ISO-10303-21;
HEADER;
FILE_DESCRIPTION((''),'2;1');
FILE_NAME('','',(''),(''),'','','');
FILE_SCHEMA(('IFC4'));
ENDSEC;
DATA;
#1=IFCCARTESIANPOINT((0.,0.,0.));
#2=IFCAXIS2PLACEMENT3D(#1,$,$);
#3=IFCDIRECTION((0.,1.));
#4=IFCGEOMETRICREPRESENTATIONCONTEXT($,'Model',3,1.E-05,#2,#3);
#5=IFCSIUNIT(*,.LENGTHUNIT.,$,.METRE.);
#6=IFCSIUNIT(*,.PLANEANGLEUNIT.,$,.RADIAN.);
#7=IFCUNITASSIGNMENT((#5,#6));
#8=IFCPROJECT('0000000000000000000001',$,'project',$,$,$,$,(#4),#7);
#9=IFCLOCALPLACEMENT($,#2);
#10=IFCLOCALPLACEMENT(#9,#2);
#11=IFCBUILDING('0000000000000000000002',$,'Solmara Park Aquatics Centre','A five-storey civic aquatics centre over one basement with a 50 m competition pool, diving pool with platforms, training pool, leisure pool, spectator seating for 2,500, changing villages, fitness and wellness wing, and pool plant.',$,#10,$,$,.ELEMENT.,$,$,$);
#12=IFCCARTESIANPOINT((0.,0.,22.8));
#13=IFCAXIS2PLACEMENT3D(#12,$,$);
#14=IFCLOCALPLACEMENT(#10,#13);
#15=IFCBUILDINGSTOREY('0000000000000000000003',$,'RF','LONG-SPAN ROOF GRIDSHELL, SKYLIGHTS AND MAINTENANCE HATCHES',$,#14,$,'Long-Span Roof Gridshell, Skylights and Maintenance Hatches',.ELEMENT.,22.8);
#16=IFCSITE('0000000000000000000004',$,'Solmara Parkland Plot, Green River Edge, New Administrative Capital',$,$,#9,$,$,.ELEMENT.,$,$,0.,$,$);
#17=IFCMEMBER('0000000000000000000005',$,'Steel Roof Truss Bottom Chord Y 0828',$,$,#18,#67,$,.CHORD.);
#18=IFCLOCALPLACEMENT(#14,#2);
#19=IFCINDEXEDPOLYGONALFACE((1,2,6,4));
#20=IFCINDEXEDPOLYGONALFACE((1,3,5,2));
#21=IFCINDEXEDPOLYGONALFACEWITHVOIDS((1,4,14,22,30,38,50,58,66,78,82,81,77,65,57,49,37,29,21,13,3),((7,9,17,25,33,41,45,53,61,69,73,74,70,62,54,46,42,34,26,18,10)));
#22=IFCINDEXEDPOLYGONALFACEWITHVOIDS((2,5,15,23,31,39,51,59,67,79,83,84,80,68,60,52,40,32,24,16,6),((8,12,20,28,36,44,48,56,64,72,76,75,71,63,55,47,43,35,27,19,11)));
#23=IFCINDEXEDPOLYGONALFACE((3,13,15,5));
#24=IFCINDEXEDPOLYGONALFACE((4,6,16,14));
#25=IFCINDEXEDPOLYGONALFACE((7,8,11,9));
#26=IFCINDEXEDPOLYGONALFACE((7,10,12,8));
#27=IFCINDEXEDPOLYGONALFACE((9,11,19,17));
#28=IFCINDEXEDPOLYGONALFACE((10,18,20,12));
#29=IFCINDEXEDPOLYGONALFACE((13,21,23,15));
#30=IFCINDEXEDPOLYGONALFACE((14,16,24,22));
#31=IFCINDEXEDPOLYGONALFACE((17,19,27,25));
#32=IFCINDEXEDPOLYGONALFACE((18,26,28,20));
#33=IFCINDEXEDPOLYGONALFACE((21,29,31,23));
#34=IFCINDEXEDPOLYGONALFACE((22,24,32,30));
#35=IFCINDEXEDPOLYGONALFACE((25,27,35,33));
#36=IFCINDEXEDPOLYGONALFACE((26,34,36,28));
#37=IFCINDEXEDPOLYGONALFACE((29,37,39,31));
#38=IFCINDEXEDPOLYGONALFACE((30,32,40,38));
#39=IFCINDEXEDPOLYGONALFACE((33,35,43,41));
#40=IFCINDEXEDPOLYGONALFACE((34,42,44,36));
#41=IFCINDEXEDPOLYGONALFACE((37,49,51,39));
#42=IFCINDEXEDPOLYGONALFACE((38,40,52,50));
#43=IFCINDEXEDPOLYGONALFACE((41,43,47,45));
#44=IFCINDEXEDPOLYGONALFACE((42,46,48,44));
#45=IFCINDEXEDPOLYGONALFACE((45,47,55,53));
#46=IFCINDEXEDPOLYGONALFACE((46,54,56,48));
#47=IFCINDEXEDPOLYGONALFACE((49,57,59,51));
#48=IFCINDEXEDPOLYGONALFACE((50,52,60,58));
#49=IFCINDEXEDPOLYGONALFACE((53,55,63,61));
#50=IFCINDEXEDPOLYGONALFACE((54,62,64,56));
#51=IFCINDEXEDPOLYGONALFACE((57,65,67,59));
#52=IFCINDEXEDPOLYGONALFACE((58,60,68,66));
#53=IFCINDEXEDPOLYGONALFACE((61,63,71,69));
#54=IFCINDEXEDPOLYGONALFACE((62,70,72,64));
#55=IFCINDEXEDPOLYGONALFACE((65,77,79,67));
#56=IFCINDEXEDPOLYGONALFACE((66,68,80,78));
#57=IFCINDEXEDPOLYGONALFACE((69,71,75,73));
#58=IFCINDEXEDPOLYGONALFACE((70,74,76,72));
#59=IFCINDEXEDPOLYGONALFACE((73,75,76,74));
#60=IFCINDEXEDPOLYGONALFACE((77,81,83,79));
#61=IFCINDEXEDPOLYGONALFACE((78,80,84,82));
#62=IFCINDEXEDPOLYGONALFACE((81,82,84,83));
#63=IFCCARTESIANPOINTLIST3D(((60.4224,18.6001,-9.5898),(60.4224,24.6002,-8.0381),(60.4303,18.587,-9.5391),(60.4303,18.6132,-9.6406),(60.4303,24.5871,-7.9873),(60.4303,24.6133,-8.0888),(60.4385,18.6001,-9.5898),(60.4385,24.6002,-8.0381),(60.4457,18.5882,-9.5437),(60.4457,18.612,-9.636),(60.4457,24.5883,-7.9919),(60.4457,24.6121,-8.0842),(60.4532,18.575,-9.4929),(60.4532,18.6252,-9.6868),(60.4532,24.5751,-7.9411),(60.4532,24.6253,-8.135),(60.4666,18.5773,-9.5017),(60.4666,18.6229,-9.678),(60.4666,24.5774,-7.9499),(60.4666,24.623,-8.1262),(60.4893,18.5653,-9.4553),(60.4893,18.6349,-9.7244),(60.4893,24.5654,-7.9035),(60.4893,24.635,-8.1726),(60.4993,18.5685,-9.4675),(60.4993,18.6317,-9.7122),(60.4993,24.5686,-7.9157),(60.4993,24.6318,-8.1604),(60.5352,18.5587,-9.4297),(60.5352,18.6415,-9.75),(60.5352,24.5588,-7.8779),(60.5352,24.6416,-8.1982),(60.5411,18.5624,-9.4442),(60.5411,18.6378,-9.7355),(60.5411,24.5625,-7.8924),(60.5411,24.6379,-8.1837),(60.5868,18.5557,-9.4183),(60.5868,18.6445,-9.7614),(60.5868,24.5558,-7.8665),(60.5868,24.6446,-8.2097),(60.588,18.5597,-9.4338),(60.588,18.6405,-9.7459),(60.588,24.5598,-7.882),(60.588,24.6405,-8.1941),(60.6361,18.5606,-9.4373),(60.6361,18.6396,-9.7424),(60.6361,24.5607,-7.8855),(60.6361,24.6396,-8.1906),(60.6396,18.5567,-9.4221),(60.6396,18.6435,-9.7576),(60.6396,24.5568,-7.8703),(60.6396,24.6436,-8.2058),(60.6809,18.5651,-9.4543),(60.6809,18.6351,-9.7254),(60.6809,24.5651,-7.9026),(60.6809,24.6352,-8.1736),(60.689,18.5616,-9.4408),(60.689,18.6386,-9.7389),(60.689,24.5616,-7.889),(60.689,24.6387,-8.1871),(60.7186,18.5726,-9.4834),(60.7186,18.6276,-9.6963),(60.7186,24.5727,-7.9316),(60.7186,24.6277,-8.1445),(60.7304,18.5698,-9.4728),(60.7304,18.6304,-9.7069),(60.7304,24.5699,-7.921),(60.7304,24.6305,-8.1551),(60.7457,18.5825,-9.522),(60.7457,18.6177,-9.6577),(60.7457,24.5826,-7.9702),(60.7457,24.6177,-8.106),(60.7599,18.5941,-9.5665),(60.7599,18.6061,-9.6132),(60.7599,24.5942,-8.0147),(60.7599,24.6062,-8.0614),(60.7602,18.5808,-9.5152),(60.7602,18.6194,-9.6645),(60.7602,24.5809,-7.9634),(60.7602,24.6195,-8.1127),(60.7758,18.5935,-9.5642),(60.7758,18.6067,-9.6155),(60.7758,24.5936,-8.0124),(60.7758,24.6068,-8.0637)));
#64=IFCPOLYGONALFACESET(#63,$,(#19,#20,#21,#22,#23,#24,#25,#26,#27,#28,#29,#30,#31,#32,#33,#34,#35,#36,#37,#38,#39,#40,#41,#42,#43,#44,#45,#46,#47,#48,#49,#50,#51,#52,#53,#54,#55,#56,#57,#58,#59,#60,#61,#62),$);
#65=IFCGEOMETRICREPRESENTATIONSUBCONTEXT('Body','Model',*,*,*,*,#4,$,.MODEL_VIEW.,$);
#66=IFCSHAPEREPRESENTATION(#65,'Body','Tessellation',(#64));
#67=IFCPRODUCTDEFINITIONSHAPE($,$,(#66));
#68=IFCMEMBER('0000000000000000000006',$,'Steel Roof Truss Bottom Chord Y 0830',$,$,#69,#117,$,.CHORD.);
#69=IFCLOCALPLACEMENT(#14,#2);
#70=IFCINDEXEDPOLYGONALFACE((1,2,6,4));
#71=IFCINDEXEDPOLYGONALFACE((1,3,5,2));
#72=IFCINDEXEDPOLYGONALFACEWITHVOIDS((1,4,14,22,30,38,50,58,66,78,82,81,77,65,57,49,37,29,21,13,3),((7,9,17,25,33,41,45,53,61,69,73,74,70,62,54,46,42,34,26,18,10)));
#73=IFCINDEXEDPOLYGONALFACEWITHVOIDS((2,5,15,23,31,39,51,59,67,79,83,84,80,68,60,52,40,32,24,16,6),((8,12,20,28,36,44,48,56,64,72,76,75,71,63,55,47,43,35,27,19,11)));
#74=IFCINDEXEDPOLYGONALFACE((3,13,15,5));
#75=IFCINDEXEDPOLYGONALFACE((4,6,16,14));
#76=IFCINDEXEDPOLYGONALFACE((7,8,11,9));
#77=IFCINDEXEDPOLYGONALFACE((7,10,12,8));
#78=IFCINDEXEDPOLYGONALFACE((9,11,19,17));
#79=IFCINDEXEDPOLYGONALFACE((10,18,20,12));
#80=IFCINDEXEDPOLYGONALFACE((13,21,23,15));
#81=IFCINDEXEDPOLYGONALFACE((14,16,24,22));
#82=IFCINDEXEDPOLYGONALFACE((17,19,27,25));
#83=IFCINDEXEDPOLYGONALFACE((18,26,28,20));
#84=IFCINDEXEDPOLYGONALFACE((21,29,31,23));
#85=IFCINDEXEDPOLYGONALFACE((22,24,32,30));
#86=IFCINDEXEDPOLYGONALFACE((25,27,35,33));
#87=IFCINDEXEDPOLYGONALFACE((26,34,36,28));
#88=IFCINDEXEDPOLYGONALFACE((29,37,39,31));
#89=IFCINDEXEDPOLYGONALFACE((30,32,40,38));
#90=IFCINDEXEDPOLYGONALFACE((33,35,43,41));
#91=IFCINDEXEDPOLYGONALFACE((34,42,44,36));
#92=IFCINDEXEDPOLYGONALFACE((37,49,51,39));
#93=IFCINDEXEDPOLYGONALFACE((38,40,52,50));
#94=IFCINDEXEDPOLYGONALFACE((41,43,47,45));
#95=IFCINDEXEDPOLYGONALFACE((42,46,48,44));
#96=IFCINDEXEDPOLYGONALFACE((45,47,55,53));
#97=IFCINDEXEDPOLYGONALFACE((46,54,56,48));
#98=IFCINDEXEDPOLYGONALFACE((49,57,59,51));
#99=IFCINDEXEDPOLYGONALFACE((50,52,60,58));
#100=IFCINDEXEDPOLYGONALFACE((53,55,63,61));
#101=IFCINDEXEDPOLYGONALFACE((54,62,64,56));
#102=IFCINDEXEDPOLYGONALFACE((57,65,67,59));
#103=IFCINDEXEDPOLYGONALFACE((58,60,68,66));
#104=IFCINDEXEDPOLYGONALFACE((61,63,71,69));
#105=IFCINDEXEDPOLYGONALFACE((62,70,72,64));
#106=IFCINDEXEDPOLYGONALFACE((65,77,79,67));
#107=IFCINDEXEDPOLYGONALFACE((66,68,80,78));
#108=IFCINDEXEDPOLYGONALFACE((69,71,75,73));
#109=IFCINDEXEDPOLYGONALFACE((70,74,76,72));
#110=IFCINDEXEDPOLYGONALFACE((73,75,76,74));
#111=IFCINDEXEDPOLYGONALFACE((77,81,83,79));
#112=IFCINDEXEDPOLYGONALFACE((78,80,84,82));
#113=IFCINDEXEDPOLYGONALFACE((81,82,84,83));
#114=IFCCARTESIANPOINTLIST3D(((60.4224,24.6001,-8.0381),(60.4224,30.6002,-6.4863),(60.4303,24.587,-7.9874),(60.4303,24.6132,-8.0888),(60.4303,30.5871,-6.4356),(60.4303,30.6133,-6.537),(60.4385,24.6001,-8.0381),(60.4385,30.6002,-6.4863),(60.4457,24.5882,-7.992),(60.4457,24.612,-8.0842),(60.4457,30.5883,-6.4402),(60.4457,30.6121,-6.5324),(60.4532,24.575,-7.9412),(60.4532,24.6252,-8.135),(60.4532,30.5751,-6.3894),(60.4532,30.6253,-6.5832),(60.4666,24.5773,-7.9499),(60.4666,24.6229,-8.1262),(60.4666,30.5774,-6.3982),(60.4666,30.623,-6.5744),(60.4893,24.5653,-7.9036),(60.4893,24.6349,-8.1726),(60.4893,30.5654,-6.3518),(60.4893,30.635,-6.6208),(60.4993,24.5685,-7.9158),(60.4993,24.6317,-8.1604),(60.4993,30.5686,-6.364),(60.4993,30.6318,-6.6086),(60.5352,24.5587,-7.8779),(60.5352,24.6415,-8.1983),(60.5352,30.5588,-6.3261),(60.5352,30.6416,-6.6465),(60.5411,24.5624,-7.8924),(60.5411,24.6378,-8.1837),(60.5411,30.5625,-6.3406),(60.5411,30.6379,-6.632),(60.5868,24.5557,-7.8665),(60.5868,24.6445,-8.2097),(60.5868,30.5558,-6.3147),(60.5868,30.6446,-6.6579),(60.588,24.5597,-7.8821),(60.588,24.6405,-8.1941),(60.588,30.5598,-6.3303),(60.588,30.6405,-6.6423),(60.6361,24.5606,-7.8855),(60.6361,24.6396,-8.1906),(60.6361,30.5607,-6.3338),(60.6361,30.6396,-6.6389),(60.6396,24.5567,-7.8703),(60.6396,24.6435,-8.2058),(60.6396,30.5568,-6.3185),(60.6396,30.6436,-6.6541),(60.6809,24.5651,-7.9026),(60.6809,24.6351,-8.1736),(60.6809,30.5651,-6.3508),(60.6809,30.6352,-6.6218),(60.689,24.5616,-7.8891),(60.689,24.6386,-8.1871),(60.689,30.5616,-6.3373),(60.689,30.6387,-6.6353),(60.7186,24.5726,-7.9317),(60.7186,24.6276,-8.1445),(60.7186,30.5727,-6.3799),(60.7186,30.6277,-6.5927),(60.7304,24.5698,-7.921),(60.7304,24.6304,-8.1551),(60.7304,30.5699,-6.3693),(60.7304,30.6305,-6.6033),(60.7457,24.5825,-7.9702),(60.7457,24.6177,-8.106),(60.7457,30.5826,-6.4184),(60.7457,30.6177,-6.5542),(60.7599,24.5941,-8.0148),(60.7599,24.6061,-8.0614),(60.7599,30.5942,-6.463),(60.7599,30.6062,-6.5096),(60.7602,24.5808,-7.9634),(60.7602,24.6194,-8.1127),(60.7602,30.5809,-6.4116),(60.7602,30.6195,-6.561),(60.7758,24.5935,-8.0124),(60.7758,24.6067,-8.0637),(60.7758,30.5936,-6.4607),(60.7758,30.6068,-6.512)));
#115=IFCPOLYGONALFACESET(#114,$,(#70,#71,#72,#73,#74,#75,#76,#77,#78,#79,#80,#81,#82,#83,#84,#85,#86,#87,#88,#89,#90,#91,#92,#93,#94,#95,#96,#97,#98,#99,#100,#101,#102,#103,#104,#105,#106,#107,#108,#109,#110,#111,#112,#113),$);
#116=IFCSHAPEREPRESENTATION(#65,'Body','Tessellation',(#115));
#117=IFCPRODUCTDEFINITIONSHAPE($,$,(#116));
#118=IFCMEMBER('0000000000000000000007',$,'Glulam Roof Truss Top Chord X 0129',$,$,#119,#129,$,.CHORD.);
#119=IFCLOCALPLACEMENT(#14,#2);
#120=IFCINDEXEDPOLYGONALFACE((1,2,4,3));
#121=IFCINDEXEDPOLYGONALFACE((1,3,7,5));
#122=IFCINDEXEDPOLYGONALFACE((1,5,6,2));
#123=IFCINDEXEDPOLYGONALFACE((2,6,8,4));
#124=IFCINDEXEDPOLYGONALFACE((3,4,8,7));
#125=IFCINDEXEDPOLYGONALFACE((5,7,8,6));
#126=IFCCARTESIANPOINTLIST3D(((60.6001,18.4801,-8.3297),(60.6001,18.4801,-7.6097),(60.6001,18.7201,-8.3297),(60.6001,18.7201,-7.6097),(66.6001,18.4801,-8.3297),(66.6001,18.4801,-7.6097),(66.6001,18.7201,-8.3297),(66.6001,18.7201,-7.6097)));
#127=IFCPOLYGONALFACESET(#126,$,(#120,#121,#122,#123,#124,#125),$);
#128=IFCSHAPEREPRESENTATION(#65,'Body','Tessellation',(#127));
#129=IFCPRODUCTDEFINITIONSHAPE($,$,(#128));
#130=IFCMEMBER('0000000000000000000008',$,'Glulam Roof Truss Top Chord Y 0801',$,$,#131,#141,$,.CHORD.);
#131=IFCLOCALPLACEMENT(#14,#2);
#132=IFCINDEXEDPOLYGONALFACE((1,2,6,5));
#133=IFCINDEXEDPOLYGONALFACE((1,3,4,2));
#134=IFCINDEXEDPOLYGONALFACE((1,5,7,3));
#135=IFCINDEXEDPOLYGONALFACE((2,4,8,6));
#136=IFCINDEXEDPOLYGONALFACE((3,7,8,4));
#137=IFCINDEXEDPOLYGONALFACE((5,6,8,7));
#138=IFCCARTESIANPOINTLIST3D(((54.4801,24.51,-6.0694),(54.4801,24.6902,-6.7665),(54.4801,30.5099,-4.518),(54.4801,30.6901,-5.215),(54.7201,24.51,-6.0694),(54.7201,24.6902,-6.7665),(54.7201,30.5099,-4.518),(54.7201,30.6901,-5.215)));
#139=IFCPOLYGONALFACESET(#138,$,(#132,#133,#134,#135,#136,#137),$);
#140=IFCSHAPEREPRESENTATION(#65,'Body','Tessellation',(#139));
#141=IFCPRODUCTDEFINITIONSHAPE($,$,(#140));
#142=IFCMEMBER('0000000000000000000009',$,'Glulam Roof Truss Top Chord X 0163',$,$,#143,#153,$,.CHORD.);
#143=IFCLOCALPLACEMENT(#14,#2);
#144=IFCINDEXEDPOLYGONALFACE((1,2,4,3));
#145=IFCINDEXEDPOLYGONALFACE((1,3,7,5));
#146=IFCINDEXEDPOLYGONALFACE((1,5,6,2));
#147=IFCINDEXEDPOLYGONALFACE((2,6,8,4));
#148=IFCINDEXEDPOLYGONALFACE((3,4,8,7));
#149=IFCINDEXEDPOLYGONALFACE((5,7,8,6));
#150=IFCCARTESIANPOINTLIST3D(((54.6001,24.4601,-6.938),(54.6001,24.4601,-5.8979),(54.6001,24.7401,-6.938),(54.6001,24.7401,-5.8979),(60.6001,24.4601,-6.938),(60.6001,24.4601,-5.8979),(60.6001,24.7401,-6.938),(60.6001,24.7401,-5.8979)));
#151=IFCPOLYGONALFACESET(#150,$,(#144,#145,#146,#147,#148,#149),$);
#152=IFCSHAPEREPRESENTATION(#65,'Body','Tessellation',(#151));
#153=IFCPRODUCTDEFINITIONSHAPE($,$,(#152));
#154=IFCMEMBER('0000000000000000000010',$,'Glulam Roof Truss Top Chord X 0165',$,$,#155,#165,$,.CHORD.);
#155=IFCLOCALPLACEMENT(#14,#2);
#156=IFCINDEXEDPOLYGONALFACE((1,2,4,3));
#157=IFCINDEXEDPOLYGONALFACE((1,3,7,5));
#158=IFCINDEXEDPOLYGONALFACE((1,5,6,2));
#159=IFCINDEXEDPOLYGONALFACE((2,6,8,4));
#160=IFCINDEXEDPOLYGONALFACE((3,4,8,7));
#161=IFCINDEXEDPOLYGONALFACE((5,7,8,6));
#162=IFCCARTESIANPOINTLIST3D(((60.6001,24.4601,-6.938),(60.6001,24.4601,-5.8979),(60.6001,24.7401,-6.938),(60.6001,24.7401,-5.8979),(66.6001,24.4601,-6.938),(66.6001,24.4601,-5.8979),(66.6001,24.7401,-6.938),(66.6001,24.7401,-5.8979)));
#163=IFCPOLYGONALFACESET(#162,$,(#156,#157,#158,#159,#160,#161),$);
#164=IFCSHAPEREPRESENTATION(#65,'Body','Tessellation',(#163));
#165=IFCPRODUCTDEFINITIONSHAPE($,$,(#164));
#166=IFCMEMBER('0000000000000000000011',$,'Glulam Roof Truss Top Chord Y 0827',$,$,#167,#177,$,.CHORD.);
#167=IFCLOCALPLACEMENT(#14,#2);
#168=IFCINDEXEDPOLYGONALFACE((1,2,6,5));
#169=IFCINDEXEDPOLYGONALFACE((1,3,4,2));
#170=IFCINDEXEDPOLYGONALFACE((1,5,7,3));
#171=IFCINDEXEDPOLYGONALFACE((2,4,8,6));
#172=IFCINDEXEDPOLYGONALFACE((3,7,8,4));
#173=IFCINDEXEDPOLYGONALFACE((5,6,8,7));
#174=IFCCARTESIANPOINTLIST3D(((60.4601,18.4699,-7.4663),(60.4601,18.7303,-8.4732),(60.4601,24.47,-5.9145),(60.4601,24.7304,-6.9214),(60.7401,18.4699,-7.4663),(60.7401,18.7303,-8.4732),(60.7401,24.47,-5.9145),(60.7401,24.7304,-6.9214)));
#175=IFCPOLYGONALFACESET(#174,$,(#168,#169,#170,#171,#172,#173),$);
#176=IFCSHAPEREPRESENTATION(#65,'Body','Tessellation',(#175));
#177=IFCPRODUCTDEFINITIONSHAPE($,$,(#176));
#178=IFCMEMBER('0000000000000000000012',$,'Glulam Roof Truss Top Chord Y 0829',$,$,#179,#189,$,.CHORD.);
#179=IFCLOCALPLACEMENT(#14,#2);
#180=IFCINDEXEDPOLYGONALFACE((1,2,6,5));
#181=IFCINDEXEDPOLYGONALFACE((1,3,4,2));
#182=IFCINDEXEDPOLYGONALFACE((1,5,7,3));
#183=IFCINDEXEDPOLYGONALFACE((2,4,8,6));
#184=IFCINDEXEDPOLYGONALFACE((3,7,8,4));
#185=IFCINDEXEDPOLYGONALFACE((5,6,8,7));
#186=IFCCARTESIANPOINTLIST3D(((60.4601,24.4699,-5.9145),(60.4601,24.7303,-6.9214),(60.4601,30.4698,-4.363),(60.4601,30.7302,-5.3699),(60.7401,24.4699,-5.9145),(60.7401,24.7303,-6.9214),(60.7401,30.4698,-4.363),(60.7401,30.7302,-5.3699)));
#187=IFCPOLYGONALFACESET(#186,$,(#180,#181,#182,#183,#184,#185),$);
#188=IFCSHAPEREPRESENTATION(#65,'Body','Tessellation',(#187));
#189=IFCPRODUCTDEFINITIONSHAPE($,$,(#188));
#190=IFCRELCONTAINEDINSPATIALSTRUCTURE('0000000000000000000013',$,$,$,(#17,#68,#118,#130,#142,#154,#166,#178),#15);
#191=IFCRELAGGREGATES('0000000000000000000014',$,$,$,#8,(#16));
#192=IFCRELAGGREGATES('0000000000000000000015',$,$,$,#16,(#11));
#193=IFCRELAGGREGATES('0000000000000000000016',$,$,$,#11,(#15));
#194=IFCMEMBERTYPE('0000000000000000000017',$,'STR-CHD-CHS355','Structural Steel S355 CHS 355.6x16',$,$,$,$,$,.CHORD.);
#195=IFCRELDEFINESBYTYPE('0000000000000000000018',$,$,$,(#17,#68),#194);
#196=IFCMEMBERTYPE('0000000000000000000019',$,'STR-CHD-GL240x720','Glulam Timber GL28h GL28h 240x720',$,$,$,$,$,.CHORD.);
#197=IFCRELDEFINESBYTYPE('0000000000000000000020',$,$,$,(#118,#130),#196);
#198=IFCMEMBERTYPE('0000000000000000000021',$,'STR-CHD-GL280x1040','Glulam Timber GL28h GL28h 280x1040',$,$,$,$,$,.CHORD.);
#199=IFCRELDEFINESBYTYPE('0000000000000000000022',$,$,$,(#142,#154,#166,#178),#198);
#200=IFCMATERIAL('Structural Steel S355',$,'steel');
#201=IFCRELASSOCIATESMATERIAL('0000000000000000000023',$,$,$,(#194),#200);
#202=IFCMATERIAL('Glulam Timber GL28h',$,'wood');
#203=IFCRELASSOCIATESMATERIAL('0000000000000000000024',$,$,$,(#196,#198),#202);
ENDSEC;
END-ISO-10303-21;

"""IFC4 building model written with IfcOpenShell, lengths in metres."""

from ifc_helpers import new_model, si_unit, direction, frame, origin, origin_2d, place, context, subcontext, project, spatial, rectangle, hollow_circle, extrude, material, material_profile, profile_set, type_object, element, save


model = new_model("IFC4")

# Units and contexts
model_context = context("Model", 3, precision=1e-05, world=origin(), true_north=direction((0.0, 1.0)))
body_context = subcontext(model_context, "Body", "Model", "MODEL_VIEW")
ifc_project = project(units=[si_unit("LENGTHUNIT", "METRE"), si_unit("PLANEANGLEUNIT", "RADIAN")], contexts=[model_context])

# Site, building, storey
site_placement = place(None, origin())
site = spatial("IfcSite", under=ifc_project, at=site_placement, Name="Solmara Parkland Plot, Green River Edge, New Administrative Capital", CompositionType="ELEMENT", RefElevation=0.0)
building_placement = place(site_placement, origin())
building = spatial("IfcBuilding", under=site, at=building_placement, Name="Solmara Park Aquatics Centre", Description="A five-storey civic aquatics centre over one basement with a 50 m competition pool, diving pool with platforms, training pool, leisure pool, spectator seating for 2,500, changing villages, fitness and wellness wing, and pool plant.", CompositionType="ELEMENT")
storey_placement = place(building_placement, frame((0.0, 0.0, 22.8)))
storey = spatial("IfcBuildingStorey", under=building, at=storey_placement, Name="RF", Description="LONG-SPAN ROOF GRIDSHELL, SKYLIGHTS AND MAINTENANCE HATCHES", LongName="Long-Span Roof Gridshell, Skylights and Maintenance Hatches", CompositionType="ELEMENT", Elevation=22.8)

# Members
ifc_material_1 = material(Name="Structural Steel S355", Category="steel")
ifc_material_profile_1 = material_profile(ifc_material_1, hollow_circle(Radius=0.1777, WallThickness=0.0161, at=origin_2d()), Name="CHS 355.6x16")
ifc_profile_set_1 = profile_set([ifc_material_profile_1], Name="Structural Steel S355")
member_type_1 = type_object("IfcMemberType", Name="STR-CHD-CHS355", Description="Structural Steel S355 CHS 355.6x16", PredefinedType="CHORD", material=ifc_profile_set_1)
for number, where, z_axis, x_axis, name in (
    (1, (60.6001, 18.6001, -9.5898), (0.0, 0.968146, 0.250388), (-1.0, 0.0, 0.0), "Steel Roof Truss Bottom Chord Y 0828"),
    (2, (60.6001, 24.6001, -8.0381), (0.0, 0.968146, 0.250388), (-1.0, 0.0, 0.0), "Steel Roof Truss Bottom Chord Y 0830"),
):
    element("IfcMember", number, at=place(storey_placement, frame(where, z_axis=z_axis, x_axis=x_axis)), inside=storey, type_object=member_type_1, Name=name, PredefinedType="CHORD", context=body_context, shape_type="SweptSolid", body=[
        extrude(hollow_circle(Radius=0.1777, WallThickness=0.0161, at=origin_2d()), origin(), (0.0, 0.0, 1.0), 6.1975),
    ])
ifc_material_2 = material(Name="Glulam Timber GL28h", Category="wood")
ifc_material_profile_2 = material_profile(ifc_material_2, rectangle(XDim=0.24, YDim=0.72, at=origin_2d()), Name="GL28h 240x720")
ifc_profile_set_2 = profile_set([ifc_material_profile_2], Name="Glulam Timber GL28h")
member_type_2 = type_object("IfcMemberType", Name="STR-CHD-GL240x720", Description="Glulam Timber GL28h GL28h 240x720", PredefinedType="CHORD", material=ifc_profile_set_2)
member_1_placement = place(storey_placement, frame((60.6001, 18.6001, -7.9697), z_axis=(1.0, 0.0, 0.0), x_axis=(0.0, 1.0, 0.0)))
element("IfcMember", 3, at=member_1_placement, inside=storey, type_object=member_type_2, Name="Glulam Roof Truss Top Chord X 0129", PredefinedType="CHORD", context=body_context, shape_type="SweptSolid", body=[
    extrude(rectangle(XDim=0.24, YDim=0.72, at=origin_2d()), origin(), (0.0, 0.0, 1.0), 6.0),
])
member_2_placement = place(storey_placement, frame((54.6001, 24.6001, -6.418), z_axis=(0.0, 0.968155, 0.250351), x_axis=(-1.0, 0.0, 0.0)))
element("IfcMember", 4, at=member_2_placement, inside=storey, type_object=member_type_2, Name="Glulam Roof Truss Top Chord Y 0801", PredefinedType="CHORD", context=body_context, shape_type="SweptSolid", body=[
    extrude(rectangle(XDim=0.24, YDim=0.72, at=origin_2d()), origin(), (0.0, 0.0, 1.0), 6.1973),
])
ifc_material_profile_3 = material_profile(ifc_material_2, rectangle(XDim=0.28, YDim=1.04, at=origin_2d()), Name="GL28h 280x1040")
ifc_profile_set_3 = profile_set([ifc_material_profile_3], Name="Glulam Timber GL28h")
member_type_3 = type_object("IfcMemberType", Name="STR-CHD-GL280x1040", Description="Glulam Timber GL28h GL28h 280x1040", PredefinedType="CHORD", material=ifc_profile_set_3)
for number, where, z_axis, x_axis, name in (
    (5, (54.6001, 24.6001, -6.418), (1.0, 0.0, 0.0), (0.0, 1.0, 0.0), "Glulam Roof Truss Top Chord X 0163"),
    (6, (60.6001, 24.6001, -6.418), (1.0, 0.0, 0.0), (0.0, 1.0, 0.0), "Glulam Roof Truss Top Chord X 0165"),
):
    element("IfcMember", number, at=place(storey_placement, frame(where, z_axis=z_axis, x_axis=x_axis)), inside=storey, type_object=member_type_3, Name=name, PredefinedType="CHORD", context=body_context, shape_type="SweptSolid", body=[
        extrude(rectangle(XDim=0.28, YDim=1.04, at=origin_2d()), origin(), (0.0, 0.0, 1.0), 6.0),
    ])
member_3_placement = place(storey_placement, frame((60.6001, 18.6001, -7.9697), z_axis=(0.0, 0.968146, 0.250388), x_axis=(-1.0, 0.0, 0.0)))
element("IfcMember", 7, at=member_3_placement, inside=storey, type_object=member_type_3, Name="Glulam Roof Truss Top Chord Y 0827", PredefinedType="CHORD", context=body_context, shape_type="SweptSolid", body=[
    extrude(rectangle(XDim=0.28, YDim=1.04, at=origin_2d()), origin(), (0.0, 0.0, 1.0), 6.1975),
])
member_4_placement = place(storey_placement, frame((60.6001, 24.6001, -6.418), z_axis=(0.0, 0.968155, 0.250351), x_axis=(-1.0, 0.0, 0.0)))
element("IfcMember", 8, at=member_4_placement, inside=storey, type_object=member_type_3, Name="Glulam Roof Truss Top Chord Y 0829", PredefinedType="CHORD", context=body_context, shape_type="SweptSolid", body=[
    extrude(rectangle(XDim=0.28, YDim=1.04, at=origin_2d()), origin(), (0.0, 0.0, 1.0), 6.1973),
])

save(model, "model.ifc")
